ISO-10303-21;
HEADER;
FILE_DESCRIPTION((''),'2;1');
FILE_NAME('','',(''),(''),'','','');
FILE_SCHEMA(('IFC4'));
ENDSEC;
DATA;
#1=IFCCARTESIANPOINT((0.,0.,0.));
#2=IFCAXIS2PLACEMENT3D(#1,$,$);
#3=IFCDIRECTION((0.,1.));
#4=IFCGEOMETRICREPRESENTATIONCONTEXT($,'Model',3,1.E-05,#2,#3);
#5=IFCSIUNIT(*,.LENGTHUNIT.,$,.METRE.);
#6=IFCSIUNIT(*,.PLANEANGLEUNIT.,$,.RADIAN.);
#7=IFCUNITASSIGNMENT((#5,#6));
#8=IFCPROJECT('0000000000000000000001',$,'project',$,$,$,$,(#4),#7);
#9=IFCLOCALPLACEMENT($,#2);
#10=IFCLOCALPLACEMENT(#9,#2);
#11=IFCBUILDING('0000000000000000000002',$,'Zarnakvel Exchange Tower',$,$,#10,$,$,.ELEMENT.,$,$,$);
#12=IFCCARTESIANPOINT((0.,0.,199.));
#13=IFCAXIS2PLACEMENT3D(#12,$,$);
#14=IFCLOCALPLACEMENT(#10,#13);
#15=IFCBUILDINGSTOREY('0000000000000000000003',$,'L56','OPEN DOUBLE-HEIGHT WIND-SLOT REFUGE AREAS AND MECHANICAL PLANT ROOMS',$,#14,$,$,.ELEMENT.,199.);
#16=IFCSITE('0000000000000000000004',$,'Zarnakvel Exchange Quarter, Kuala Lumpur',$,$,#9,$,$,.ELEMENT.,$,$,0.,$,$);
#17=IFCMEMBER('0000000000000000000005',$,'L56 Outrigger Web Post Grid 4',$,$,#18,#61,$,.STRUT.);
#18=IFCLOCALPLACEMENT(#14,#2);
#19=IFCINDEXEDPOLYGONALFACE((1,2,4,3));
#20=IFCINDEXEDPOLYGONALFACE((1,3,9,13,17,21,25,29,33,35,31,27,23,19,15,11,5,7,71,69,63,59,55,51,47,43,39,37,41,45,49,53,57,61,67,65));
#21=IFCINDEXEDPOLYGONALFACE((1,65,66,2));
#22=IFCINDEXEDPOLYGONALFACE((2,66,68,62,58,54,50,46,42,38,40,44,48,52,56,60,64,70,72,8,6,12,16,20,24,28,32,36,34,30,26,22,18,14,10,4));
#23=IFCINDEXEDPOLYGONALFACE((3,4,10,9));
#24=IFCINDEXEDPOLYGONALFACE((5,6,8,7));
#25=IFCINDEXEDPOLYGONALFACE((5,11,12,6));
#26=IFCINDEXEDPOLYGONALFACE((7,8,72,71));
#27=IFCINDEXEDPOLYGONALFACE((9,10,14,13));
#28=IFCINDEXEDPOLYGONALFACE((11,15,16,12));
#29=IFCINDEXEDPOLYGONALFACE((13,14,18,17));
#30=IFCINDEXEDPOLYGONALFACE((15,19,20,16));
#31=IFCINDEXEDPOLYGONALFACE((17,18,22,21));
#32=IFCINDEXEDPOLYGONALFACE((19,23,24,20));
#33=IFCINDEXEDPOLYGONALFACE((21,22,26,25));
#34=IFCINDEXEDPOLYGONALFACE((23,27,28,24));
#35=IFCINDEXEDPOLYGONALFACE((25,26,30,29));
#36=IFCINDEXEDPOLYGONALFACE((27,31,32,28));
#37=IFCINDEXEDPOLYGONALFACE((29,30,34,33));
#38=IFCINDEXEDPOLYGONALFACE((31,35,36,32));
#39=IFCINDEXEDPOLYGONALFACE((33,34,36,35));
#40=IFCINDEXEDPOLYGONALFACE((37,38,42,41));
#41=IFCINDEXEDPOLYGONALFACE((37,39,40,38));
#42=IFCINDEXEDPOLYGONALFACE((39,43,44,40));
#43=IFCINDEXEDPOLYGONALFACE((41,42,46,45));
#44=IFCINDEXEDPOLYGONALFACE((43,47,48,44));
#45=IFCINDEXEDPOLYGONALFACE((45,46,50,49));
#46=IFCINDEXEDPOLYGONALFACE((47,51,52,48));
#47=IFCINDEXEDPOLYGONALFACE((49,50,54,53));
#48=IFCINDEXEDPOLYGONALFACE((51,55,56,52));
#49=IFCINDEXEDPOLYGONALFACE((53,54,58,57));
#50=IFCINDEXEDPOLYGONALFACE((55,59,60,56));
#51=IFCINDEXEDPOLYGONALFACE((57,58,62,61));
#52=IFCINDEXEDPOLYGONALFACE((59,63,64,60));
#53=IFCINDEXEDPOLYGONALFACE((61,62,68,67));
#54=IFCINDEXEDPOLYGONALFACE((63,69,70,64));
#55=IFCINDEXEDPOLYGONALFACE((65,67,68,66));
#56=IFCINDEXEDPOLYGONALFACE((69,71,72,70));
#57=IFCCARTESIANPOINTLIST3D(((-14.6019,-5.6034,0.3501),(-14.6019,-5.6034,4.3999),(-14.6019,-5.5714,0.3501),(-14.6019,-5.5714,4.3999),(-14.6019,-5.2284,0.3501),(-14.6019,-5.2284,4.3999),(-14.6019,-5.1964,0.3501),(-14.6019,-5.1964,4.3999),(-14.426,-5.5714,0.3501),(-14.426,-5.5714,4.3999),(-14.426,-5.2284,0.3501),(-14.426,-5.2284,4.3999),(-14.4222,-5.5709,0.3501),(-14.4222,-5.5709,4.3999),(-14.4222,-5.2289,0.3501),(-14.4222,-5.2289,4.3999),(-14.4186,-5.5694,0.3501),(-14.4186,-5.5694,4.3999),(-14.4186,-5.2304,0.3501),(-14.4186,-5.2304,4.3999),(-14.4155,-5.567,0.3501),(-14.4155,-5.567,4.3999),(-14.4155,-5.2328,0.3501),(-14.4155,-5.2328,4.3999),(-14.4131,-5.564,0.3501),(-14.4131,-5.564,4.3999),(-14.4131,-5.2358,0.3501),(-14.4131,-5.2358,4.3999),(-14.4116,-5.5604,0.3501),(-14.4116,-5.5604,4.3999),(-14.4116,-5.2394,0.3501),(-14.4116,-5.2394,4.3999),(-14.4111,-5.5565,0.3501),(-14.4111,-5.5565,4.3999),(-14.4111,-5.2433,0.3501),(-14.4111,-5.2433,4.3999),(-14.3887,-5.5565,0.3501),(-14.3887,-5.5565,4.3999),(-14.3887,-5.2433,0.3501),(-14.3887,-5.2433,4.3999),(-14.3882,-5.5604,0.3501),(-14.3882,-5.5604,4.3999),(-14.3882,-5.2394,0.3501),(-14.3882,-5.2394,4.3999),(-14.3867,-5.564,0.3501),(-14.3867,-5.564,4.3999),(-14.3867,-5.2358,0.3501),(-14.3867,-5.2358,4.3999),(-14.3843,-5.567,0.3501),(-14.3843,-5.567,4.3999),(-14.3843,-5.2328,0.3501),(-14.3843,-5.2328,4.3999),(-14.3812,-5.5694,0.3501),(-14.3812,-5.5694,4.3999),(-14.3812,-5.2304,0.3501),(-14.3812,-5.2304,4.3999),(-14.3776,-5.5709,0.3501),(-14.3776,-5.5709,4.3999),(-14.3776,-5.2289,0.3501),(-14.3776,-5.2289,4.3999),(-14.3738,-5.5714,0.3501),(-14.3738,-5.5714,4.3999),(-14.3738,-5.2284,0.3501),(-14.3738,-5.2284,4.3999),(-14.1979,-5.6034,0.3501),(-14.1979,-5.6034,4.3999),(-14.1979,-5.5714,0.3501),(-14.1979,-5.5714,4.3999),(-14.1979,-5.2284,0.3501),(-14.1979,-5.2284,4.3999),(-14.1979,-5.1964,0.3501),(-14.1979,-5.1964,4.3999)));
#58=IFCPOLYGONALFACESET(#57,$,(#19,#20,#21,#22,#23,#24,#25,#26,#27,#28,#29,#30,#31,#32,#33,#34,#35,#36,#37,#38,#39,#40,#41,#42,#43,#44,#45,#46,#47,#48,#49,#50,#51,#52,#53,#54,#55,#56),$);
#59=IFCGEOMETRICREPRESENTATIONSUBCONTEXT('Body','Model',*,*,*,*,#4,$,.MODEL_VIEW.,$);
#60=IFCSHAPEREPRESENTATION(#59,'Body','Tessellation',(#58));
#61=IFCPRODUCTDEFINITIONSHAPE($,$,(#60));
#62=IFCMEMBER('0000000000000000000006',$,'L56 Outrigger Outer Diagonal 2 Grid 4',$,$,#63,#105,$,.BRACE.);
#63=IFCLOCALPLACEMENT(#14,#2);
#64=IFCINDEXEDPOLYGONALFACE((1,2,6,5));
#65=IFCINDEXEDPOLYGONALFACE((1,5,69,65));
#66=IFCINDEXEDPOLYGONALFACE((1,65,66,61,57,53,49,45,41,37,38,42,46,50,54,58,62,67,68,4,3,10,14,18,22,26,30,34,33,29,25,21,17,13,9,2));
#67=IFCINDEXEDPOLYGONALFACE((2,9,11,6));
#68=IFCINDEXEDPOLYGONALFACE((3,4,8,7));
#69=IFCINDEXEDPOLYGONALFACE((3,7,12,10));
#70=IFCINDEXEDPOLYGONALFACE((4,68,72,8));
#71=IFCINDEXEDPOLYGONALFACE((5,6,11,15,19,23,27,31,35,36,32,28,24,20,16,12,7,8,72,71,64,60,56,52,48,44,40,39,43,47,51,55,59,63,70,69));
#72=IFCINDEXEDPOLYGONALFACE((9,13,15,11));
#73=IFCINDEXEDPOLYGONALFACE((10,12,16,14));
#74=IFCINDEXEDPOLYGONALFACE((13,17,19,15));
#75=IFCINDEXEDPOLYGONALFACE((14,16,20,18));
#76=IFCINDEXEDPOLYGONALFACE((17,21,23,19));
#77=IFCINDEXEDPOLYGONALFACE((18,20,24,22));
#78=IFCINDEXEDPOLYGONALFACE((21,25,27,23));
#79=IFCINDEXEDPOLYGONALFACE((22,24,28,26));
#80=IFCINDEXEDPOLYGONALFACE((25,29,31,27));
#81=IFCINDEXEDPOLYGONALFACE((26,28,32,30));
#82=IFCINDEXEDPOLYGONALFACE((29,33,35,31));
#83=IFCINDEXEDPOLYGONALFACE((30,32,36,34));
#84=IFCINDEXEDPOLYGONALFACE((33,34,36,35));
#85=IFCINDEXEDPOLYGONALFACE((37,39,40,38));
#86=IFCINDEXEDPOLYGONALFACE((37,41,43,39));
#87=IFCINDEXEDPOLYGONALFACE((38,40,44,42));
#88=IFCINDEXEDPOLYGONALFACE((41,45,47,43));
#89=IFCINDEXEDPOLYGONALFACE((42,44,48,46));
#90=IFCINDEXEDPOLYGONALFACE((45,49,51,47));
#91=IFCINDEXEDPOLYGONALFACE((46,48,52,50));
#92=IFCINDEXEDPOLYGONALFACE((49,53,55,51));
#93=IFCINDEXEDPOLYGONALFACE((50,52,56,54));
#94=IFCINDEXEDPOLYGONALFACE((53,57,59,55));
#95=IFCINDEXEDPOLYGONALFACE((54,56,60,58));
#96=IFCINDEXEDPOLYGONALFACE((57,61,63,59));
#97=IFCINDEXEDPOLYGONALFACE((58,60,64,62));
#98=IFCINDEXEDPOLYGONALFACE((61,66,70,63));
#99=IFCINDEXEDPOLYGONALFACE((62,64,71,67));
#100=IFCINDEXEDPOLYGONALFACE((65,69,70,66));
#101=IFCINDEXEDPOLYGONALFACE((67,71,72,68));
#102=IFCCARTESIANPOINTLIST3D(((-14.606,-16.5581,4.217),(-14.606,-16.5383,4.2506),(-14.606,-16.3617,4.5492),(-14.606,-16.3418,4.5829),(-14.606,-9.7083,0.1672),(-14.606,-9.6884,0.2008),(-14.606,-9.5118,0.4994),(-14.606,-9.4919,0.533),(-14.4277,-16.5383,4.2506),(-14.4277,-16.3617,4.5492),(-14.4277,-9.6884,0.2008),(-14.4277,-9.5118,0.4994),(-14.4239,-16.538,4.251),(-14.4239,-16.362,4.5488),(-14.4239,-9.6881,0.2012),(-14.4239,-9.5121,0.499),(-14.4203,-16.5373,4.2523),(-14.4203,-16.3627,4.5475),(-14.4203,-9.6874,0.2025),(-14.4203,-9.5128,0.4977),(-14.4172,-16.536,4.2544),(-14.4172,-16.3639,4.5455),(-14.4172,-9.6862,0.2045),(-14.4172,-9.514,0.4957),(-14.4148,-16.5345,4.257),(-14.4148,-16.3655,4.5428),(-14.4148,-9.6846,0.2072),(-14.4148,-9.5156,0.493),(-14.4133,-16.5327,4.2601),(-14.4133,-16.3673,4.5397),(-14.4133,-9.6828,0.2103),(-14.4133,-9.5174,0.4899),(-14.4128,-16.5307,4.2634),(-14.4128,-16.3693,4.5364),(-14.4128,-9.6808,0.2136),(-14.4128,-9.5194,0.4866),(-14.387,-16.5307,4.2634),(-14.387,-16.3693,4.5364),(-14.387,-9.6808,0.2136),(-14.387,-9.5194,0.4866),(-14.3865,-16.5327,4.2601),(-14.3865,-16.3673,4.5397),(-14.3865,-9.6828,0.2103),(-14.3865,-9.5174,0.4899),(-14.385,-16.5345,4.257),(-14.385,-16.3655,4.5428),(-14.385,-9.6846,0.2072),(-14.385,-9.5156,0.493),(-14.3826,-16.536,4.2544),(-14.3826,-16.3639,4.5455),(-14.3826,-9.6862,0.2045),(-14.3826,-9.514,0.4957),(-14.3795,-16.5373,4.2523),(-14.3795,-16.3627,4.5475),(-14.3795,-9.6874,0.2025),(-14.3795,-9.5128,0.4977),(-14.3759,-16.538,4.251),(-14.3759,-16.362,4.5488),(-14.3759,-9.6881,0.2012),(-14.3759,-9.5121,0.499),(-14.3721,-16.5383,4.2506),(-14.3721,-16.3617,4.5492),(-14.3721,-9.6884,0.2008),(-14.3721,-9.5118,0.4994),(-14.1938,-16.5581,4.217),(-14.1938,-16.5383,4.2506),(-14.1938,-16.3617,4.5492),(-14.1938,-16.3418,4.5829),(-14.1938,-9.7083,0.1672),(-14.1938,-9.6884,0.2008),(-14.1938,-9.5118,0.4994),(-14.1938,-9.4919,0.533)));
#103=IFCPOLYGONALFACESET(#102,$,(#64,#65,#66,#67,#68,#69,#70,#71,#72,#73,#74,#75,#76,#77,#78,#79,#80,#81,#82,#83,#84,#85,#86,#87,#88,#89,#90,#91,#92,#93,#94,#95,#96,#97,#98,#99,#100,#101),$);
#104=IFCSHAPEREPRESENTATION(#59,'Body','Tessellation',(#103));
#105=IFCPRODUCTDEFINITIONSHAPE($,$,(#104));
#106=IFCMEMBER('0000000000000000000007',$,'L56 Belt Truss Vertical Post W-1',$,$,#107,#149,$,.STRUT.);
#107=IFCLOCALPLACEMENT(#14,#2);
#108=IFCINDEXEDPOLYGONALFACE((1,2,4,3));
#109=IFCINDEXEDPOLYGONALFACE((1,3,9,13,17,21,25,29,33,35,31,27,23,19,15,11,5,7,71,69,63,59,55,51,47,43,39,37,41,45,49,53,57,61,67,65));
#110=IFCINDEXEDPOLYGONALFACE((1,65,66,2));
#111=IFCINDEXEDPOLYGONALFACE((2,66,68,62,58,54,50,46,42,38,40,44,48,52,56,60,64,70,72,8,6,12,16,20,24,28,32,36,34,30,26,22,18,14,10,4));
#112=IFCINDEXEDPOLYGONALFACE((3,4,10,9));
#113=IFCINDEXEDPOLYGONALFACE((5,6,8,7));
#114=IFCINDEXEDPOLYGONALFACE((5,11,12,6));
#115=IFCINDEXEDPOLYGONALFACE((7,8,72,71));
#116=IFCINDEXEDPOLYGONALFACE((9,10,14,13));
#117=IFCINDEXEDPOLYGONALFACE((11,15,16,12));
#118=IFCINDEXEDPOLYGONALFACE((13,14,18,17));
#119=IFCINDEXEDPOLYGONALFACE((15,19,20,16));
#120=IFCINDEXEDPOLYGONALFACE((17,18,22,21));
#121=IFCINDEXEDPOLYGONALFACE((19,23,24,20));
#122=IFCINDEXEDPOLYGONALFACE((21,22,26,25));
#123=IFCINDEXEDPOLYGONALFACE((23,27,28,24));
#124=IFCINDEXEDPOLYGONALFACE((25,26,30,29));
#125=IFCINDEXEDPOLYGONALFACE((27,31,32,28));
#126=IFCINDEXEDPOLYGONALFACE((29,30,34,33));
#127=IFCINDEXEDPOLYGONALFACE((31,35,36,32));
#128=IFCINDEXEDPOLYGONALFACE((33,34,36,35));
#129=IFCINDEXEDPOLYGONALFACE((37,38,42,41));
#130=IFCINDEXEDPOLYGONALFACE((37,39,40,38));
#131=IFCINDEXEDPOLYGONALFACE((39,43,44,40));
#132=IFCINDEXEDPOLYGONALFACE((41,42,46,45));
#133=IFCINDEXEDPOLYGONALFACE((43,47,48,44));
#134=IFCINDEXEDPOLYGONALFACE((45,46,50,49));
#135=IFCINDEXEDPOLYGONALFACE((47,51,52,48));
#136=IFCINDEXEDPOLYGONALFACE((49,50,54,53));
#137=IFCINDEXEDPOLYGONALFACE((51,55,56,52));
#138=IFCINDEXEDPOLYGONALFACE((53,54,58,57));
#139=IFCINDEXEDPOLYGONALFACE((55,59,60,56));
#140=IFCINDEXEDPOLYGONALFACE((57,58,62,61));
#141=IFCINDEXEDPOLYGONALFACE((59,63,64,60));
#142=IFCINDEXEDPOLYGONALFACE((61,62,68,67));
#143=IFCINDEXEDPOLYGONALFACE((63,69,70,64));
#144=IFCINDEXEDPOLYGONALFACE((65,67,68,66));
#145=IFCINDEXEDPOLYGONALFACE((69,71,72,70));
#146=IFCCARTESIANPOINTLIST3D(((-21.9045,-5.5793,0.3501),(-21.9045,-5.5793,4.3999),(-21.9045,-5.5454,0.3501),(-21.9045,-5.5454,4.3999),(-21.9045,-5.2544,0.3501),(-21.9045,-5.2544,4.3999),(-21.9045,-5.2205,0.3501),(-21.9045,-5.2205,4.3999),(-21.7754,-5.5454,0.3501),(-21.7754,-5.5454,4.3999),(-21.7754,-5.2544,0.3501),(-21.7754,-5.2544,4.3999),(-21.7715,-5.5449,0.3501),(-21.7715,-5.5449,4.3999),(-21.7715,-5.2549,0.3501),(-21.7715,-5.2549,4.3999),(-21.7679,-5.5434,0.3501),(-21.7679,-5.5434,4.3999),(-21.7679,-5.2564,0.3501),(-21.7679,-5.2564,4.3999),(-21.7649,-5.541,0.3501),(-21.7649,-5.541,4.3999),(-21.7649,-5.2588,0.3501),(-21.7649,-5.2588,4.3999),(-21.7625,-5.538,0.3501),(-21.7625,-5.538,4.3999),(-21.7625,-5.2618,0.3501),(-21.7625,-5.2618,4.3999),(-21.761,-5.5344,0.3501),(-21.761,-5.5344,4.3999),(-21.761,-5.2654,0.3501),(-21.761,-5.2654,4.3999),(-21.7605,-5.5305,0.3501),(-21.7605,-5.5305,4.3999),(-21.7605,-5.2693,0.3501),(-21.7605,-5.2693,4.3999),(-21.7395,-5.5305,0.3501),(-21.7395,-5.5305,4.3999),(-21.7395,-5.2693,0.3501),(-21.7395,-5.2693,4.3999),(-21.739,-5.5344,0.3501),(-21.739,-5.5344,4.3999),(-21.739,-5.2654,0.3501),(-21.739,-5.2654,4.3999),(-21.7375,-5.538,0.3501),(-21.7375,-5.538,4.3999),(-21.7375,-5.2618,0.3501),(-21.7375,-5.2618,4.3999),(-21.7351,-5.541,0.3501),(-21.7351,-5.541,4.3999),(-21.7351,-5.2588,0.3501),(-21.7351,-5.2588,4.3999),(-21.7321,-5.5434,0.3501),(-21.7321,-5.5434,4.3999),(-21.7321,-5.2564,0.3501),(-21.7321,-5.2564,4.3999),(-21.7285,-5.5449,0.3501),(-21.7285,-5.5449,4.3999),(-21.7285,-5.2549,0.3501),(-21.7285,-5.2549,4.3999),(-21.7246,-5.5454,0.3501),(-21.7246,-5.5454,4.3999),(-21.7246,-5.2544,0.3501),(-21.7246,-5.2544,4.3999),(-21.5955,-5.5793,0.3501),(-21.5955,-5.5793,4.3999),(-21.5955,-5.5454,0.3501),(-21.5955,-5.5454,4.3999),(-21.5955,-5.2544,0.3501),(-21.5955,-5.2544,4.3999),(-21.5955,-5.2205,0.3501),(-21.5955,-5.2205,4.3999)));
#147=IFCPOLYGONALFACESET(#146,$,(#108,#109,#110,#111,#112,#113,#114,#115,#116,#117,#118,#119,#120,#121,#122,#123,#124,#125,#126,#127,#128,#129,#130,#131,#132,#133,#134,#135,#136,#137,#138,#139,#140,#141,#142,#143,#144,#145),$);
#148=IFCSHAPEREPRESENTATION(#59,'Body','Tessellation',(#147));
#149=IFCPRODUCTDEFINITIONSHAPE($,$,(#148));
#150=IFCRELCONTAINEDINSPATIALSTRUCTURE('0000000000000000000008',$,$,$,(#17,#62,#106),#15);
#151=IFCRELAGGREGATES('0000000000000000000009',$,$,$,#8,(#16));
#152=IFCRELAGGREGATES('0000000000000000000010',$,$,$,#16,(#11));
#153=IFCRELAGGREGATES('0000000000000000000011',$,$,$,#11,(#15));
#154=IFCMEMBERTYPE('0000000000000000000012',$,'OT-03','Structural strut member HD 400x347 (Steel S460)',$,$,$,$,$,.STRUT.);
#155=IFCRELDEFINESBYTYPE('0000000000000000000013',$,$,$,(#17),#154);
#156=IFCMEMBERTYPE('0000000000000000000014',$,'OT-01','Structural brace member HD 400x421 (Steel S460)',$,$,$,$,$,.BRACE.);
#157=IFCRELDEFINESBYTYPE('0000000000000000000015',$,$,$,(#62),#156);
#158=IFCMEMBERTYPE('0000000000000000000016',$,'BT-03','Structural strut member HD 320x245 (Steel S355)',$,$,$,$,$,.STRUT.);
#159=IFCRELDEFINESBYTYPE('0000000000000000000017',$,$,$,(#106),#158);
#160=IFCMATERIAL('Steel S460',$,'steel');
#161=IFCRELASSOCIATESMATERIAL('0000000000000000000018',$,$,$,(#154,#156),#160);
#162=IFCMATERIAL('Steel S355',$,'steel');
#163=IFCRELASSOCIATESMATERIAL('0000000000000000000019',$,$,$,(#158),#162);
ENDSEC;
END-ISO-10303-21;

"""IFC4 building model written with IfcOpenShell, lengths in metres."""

from ifc_helpers import new_model, si_unit, direction, frame, origin, origin_2d, place, context, subcontext, project, spatial, i_section, extrude, source, transform, mapped, material, material_profile, profile_set, type_object, element, save


model = new_model("IFC4")

# Units and contexts
model_context = context("Model", 3, precision=1e-05, world=origin(), true_north=direction((0.0, 1.0)))
body_context = subcontext(model_context, "Body", "Model", "MODEL_VIEW")
ifc_project = project(units=[si_unit("LENGTHUNIT", "METRE"), si_unit("PLANEANGLEUNIT", "RADIAN")], contexts=[model_context])

# Site, building, storey
site_placement = place(None, origin())
site = spatial("IfcSite", under=ifc_project, at=site_placement, Name="Zarnakvel Exchange Quarter, Kuala Lumpur", CompositionType="ELEMENT", RefElevation=0.0)
building_placement = place(site_placement, origin())
building = spatial("IfcBuilding", under=site, at=building_placement, Name="Zarnakvel Exchange Tower", CompositionType="ELEMENT")
storey_placement = place(building_placement, frame((0.0, 0.0, 199.0)))
storey = spatial("IfcBuildingStorey", under=building, at=storey_placement, Name="L56", Description="OPEN DOUBLE-HEIGHT WIND-SLOT REFUGE AREAS AND MECHANICAL PLANT ROOMS", CompositionType="ELEMENT", Elevation=199.0)

# Shared definitions
ifc_material_1 = material(Name="Steel S355", Category="steel")

# Shared definitions
ifc_material_2 = material(Name="Steel S460", Category="steel")

# Members
ifc_material_profile_1 = material_profile(ifc_material_2, i_section(OverallWidth=0.4041, OverallDepth=0.407, WebThickness=0.0225, FlangeThickness=0.032, FilletRadius=0.0149, at=origin_2d()))
ifc_profile_set_1 = profile_set([ifc_material_profile_1], Name="Steel S460")
member_type_1 = type_object("IfcMemberType", Name="OT-03", Description="Structural strut member HD 400x347 (Steel S460)", PredefinedType="STRUT", material=ifc_profile_set_1)
shared_shape_1 = source(origin(), body_context, "Body", "SweptSolid", [
    extrude(i_section(OverallWidth=0.4041, OverallDepth=0.407, WebThickness=0.0225, FlangeThickness=0.032, FilletRadius=0.0149, at=origin_2d()), origin(), (0.0, 0.0, 1.0), 4.0498),
])
member_1_placement = place(storey_placement, frame((-14.3999, -5.3999, 0.3501), z_axis=(0.0, 0.0, 1.0), x_axis=(1.0, 0.0, 0.0)))
element("IfcMember", 1, at=member_1_placement, inside=storey, type_object=member_type_1, Name="L56 Outrigger Web Post Grid 4", PredefinedType="STRUT", context=body_context, shape_type="MappedRepresentation", body=[
    mapped(shared_shape_1, transform((0.0, 0.0, 0.0), x_axis=(1.0, 0.0, 0.0), y_axis=(0.0, 1.0, 0.0), z_axis=(0.0, 0.0, 1.0), scale=1.0)),
])
ifc_material_profile_2 = material_profile(ifc_material_2, i_section(OverallWidth=0.4121, OverallDepth=0.425, WebThickness=0.0259, FlangeThickness=0.0391, FilletRadius=0.0149, at=origin_2d()))
ifc_profile_set_2 = profile_set([ifc_material_profile_2], Name="Steel S460")
member_type_2 = type_object("IfcMemberType", Name="OT-01", Description="Structural brace member HD 400x421 (Steel S460)", PredefinedType="BRACE", material=ifc_profile_set_2)
shared_shape_2 = source(origin(), body_context, "Body", "SweptSolid", [
    extrude(i_section(OverallWidth=0.4121, OverallDepth=0.425, WebThickness=0.0259, FlangeThickness=0.0391, FilletRadius=0.0149, at=origin_2d()), origin(), (0.0, 0.0, 1.0), 7.9575),
])
member_2_placement = place(storey_placement, frame((-14.3999, -9.6001, 0.3501), z_axis=(0.0, -0.860807, 0.508931), x_axis=(1.0, 0.0, 0.0)))
element("IfcMember", 2, at=member_2_placement, inside=storey, type_object=member_type_2, Name="L56 Outrigger Outer Diagonal 2 Grid 4", PredefinedType="BRACE", context=body_context, shape_type="MappedRepresentation", body=[
    mapped(shared_shape_2, transform((0.0, 0.0, 0.0), x_axis=(1.0, 0.0, 0.0), y_axis=(0.0, 1.0, 0.0), z_axis=(0.0, 0.0, 1.0), scale=1.0)),
])
ifc_material_profile_3 = material_profile(ifc_material_1, i_section(OverallWidth=0.3091, OverallDepth=0.3589, WebThickness=0.021, FlangeThickness=0.0339, FilletRadius=0.0149, at=origin_2d()))
ifc_profile_set_3 = profile_set([ifc_material_profile_3], Name="Steel S355")
member_type_3 = type_object("IfcMemberType", Name="BT-03", Description="Structural strut member HD 320x245 (Steel S355)", PredefinedType="STRUT", material=ifc_profile_set_3)
shared_shape_3 = source(origin(), body_context, "Body", "SweptSolid", [
    extrude(i_section(OverallWidth=0.3091, OverallDepth=0.3589, WebThickness=0.021, FlangeThickness=0.0339, FilletRadius=0.0149, at=origin_2d()), origin(), (0.0, 0.0, 1.0), 4.0498),
])
member_3_placement = place(storey_placement, frame((-21.75, -5.3999, 0.3501), z_axis=(0.0, 0.0, 1.0), x_axis=(1.0, 0.0, 0.0)))
element("IfcMember", 3, at=member_3_placement, inside=storey, type_object=member_type_3, Name="L56 Belt Truss Vertical Post W-1", PredefinedType="STRUT", context=body_context, shape_type="MappedRepresentation", body=[
    mapped(shared_shape_3, transform((0.0, 0.0, 0.0), x_axis=(1.0, 0.0, 0.0), y_axis=(0.0, 1.0, 0.0), z_axis=(0.0, 0.0, 1.0), scale=1.0)),
])

save(model, "model.ifc")
